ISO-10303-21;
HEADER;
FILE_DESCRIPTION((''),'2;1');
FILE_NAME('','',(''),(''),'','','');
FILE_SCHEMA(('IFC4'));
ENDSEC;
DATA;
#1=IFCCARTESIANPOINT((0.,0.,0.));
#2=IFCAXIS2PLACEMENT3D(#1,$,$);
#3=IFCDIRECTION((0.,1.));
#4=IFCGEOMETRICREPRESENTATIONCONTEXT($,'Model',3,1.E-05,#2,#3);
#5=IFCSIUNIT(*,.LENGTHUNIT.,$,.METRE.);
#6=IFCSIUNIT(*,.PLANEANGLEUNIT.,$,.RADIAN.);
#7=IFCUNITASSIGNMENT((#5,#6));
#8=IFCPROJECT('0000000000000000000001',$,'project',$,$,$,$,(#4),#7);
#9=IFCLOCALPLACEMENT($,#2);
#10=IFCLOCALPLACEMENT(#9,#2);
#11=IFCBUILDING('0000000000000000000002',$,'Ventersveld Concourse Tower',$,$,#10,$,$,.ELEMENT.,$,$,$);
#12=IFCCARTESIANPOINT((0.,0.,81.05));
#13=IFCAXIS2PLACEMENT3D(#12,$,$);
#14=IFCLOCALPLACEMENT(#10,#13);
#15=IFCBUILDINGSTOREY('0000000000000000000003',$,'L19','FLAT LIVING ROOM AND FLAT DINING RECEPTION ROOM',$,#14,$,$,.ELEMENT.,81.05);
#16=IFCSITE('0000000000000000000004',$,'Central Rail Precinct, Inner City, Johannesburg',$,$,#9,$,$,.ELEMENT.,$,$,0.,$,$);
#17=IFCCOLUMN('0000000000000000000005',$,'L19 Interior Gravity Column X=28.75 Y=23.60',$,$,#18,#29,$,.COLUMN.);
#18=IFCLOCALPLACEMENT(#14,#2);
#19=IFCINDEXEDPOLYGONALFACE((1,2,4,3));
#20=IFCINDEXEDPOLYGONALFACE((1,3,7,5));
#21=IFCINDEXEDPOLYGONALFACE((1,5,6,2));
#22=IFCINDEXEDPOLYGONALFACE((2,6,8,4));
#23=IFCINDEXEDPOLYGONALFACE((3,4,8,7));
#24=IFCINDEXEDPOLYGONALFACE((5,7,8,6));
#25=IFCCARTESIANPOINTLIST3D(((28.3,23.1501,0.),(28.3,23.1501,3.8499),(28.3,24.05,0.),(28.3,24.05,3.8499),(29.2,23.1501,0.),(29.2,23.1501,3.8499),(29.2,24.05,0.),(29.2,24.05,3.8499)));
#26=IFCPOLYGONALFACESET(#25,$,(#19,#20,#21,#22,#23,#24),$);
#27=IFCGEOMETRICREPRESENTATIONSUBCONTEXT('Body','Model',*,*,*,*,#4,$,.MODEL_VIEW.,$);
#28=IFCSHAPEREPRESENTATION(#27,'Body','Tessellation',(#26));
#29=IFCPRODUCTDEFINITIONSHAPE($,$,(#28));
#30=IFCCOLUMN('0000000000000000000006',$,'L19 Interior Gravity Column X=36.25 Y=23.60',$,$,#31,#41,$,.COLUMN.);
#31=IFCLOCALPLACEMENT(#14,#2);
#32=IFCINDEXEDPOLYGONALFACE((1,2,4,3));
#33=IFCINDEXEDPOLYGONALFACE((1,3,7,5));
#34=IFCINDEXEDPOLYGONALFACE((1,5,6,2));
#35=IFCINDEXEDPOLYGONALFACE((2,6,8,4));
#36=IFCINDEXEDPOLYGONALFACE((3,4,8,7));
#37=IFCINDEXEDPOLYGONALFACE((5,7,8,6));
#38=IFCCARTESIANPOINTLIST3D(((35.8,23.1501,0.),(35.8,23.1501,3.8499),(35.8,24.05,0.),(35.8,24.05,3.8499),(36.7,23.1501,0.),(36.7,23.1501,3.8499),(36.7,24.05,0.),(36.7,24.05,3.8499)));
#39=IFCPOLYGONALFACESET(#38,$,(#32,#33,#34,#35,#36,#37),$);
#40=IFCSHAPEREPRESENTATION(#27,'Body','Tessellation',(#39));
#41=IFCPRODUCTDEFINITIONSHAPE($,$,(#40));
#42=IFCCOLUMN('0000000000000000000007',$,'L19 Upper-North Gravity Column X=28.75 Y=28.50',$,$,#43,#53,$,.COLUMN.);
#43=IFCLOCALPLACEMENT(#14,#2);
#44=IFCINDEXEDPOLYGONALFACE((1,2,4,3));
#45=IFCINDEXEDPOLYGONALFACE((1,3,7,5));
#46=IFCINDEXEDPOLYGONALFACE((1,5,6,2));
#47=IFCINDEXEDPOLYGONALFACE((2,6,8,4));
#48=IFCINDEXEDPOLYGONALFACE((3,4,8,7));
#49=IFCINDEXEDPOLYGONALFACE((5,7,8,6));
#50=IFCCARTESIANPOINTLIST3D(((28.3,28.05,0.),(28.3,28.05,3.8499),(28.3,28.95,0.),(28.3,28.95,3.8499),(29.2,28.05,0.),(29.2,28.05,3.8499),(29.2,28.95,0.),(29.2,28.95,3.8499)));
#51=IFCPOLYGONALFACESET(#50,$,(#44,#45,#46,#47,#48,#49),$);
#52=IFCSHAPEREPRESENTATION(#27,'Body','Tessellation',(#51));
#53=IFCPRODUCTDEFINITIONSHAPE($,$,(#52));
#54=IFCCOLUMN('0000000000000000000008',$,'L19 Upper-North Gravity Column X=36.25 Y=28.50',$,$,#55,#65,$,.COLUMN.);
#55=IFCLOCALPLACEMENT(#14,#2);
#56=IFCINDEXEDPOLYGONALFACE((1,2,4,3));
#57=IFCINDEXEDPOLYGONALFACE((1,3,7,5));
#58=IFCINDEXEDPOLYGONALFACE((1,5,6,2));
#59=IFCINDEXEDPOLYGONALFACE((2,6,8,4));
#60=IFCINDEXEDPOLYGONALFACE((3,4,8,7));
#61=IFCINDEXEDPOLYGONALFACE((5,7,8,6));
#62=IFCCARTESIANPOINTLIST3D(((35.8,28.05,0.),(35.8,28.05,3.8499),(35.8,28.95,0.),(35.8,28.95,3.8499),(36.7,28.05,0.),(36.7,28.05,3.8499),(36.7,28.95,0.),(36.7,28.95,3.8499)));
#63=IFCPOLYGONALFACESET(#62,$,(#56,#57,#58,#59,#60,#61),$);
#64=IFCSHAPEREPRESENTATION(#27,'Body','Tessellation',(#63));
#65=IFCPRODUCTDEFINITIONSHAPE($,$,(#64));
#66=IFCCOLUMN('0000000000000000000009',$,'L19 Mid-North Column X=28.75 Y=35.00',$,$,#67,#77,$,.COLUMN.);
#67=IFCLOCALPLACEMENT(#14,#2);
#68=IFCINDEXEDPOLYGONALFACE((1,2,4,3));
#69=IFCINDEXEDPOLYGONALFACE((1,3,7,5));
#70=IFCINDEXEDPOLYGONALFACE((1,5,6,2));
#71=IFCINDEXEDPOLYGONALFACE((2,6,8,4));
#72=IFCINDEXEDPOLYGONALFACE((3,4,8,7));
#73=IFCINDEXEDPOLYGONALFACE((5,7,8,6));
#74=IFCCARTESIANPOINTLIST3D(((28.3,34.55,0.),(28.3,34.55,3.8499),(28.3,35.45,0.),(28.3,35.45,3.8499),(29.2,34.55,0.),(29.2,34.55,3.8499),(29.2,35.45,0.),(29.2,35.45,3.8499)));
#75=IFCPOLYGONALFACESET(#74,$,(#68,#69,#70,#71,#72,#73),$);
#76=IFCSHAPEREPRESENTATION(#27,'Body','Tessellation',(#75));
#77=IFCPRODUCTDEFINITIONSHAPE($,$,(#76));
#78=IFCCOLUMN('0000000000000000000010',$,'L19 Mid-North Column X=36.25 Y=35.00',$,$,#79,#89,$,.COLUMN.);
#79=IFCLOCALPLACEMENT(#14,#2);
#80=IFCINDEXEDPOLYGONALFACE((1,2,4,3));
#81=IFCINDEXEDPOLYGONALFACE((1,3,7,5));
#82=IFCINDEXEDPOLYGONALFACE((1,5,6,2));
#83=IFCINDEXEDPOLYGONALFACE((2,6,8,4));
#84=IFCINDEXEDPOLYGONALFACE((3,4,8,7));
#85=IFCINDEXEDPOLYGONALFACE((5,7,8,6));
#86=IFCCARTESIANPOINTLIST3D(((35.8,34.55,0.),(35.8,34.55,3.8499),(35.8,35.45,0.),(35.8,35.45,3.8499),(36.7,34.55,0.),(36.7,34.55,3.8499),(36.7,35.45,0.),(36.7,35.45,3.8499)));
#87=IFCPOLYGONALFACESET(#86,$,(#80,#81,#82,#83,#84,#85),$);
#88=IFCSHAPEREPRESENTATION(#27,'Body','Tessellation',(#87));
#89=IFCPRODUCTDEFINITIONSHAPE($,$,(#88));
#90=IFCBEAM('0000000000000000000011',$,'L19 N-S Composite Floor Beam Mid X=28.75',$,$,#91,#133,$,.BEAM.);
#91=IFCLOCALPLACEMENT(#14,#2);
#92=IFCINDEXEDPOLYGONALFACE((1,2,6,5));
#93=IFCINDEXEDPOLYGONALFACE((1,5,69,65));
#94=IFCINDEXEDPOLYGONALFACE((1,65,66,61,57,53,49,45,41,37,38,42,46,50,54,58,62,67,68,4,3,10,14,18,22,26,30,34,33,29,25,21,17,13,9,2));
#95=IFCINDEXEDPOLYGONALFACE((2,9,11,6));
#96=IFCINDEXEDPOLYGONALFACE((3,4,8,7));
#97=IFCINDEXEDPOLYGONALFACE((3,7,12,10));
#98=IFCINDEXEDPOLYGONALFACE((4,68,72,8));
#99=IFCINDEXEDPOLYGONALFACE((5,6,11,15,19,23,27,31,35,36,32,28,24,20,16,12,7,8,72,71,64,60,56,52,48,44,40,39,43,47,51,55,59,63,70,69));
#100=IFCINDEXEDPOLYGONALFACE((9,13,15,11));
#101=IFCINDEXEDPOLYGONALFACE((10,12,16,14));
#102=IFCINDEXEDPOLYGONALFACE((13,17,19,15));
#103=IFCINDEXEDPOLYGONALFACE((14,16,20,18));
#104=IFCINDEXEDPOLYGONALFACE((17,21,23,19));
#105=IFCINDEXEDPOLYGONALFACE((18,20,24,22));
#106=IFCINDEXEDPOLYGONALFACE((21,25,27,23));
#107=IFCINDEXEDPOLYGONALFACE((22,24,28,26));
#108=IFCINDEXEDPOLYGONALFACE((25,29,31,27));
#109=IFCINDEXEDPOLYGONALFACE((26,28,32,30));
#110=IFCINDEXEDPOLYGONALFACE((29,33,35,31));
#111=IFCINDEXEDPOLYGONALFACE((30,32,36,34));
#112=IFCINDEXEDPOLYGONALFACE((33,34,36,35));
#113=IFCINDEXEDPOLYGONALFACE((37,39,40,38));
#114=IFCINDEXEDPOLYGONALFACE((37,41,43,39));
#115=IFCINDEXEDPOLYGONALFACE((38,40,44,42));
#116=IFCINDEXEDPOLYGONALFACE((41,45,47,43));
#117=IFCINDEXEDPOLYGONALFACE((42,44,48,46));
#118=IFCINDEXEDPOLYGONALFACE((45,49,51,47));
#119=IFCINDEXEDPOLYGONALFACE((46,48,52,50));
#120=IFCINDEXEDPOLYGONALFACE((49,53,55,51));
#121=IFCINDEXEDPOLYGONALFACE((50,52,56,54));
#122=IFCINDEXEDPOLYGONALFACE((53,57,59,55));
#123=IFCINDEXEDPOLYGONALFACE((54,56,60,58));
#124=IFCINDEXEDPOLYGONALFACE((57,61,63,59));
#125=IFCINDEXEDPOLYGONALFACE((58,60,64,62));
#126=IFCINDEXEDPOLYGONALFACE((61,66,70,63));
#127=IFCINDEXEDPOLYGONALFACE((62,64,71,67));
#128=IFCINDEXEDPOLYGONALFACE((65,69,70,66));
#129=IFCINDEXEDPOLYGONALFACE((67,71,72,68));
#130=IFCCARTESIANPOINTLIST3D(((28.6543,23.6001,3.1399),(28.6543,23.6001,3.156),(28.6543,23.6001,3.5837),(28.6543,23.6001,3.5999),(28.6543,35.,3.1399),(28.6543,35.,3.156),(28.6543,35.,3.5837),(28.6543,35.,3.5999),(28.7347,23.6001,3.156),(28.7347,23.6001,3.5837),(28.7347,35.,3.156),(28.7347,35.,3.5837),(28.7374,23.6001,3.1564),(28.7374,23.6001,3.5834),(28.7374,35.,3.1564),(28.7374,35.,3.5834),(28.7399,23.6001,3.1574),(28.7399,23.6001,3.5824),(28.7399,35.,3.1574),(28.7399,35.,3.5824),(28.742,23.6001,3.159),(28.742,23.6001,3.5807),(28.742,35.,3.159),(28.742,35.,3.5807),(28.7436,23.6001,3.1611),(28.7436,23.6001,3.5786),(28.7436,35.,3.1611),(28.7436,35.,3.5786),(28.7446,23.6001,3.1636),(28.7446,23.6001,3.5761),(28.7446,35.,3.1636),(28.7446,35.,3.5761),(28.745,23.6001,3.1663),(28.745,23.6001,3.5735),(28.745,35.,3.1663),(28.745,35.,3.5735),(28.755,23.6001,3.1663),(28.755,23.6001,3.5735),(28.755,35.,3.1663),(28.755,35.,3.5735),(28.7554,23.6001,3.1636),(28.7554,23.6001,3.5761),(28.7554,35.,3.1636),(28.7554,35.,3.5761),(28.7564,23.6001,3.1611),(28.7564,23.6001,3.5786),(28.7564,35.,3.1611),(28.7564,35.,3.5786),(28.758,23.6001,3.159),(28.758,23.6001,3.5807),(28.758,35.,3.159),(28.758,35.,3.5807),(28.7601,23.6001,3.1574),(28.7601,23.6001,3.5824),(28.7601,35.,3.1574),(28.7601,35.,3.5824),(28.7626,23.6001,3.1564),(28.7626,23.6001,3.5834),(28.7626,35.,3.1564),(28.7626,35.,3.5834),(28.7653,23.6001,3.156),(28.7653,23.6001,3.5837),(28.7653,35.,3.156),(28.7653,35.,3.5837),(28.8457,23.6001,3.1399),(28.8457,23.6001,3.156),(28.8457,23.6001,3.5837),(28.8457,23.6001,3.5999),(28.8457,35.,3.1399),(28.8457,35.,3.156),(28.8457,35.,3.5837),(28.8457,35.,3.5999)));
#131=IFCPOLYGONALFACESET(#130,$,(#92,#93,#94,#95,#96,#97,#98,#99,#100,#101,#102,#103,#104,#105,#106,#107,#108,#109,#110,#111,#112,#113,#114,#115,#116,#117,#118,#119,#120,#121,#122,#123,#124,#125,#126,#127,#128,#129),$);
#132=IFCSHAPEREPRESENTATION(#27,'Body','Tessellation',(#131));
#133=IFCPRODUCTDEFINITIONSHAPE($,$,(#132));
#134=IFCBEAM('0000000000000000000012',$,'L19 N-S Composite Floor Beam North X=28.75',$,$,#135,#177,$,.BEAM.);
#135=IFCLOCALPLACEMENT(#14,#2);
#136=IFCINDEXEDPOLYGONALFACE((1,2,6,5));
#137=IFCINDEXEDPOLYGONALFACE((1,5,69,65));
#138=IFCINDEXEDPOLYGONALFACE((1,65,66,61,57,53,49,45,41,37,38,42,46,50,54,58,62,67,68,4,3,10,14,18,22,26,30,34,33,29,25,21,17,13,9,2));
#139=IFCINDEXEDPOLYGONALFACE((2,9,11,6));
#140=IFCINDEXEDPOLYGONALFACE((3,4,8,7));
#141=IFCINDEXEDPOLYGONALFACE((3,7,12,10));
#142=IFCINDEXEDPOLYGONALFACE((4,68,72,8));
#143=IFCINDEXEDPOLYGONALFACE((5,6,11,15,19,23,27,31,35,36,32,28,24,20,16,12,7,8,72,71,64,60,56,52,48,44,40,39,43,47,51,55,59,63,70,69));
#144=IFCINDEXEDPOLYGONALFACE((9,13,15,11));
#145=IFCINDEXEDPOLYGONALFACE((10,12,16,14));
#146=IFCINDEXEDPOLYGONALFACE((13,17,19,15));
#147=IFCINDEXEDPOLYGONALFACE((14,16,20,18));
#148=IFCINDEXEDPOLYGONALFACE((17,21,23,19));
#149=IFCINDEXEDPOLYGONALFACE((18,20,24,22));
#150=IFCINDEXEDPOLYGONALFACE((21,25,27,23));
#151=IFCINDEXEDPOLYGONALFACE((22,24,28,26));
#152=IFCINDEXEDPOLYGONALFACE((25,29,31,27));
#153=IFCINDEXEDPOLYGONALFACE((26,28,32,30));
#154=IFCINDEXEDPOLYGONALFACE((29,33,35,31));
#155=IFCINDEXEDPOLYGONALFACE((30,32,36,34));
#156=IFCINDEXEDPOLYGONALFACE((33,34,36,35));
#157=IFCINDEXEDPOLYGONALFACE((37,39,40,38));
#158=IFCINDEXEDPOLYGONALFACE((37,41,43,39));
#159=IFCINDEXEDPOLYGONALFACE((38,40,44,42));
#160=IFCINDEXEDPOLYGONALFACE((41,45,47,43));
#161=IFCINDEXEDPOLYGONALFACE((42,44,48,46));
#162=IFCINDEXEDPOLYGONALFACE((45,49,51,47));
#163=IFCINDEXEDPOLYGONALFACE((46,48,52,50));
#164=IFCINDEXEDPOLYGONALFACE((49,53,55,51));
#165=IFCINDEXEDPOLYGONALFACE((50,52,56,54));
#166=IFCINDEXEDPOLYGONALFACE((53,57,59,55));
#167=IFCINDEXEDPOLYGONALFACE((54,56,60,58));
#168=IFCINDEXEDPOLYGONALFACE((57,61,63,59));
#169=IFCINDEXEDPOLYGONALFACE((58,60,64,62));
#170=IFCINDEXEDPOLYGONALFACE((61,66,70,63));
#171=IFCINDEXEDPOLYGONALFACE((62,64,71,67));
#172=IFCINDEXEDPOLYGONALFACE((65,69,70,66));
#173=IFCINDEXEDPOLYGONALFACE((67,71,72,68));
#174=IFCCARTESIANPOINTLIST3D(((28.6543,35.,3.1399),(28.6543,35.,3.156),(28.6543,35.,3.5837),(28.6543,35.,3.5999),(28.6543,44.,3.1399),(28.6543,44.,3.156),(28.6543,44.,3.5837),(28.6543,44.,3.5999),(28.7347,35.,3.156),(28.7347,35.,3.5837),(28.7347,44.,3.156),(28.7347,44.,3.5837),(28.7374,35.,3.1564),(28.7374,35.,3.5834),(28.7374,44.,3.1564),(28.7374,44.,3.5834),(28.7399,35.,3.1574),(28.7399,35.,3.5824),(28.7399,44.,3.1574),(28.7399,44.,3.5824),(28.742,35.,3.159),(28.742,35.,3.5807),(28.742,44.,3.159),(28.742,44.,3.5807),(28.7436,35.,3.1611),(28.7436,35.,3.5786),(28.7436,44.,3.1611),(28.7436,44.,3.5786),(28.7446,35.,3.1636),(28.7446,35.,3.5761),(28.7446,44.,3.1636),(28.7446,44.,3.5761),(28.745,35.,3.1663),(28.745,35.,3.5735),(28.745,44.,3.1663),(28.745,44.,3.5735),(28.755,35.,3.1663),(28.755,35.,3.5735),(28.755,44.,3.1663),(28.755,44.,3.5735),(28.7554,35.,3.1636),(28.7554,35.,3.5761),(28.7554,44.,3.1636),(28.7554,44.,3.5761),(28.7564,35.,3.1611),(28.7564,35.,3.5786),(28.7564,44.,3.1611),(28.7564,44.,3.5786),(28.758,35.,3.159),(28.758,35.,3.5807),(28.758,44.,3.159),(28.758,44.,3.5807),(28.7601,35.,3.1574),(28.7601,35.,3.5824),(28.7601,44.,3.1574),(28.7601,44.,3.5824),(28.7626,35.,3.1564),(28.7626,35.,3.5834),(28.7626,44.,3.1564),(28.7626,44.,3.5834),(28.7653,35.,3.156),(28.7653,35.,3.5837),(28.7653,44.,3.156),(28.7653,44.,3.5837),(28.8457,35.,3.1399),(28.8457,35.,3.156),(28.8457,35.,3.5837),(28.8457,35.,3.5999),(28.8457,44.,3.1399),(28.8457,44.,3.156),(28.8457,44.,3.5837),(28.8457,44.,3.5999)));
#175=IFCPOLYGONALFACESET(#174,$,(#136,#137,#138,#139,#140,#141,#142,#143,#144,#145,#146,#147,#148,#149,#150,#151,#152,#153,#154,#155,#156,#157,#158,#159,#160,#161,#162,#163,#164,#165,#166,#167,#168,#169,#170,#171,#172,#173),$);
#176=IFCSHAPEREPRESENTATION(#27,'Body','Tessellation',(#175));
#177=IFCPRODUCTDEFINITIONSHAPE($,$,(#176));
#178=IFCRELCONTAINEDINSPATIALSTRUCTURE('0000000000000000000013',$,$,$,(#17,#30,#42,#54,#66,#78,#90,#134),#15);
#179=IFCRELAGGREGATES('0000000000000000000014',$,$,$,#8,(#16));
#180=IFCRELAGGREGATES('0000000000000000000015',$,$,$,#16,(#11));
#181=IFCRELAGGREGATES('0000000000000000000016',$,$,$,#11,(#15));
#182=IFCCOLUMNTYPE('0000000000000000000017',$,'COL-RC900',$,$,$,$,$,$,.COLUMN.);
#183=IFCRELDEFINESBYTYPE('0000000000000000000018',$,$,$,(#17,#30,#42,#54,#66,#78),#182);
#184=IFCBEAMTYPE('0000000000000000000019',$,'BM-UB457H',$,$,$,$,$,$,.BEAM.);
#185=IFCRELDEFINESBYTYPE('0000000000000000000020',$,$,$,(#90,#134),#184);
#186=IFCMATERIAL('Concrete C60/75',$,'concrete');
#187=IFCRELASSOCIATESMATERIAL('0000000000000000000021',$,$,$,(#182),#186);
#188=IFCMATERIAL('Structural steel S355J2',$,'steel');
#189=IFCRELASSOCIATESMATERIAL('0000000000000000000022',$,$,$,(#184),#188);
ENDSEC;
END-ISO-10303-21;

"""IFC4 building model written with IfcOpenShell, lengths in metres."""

from ifc_helpers import new_model, si_unit, direction, frame, origin, origin_2d, place, context, subcontext, project, spatial, rectangle, i_section, extrude, material, material_profile, profile_set, type_object, element, save


model = new_model("IFC4")

# Units and contexts
model_context = context("Model", 3, precision=1e-05, world=origin(), true_north=direction((0.0, 1.0)))
body_context = subcontext(model_context, "Body", "Model", "MODEL_VIEW")
ifc_project = project(units=[si_unit("LENGTHUNIT", "METRE"), si_unit("PLANEANGLEUNIT", "RADIAN")], contexts=[model_context])

# Site, building, storey
site_placement = place(None, origin())
site = spatial("IfcSite", under=ifc_project, at=site_placement, Name="Central Rail Precinct, Inner City, Johannesburg", CompositionType="ELEMENT", RefElevation=0.0)
building_placement = place(site_placement, origin())
building = spatial("IfcBuilding", under=site, at=building_placement, Name="Ventersveld Concourse Tower", CompositionType="ELEMENT")
storey_placement = place(building_placement, frame((0.0, 0.0, 81.05)))
storey = spatial("IfcBuildingStorey", under=building, at=storey_placement, Name="L19", Description="FLAT LIVING ROOM AND FLAT DINING RECEPTION ROOM", CompositionType="ELEMENT", Elevation=81.05)

# Columns
ifc_material_1 = material(Name="Concrete C60/75", Category="concrete")
ifc_material_profile_1 = material_profile(ifc_material_1, rectangle(XDim=0.8999, YDim=0.8999, at=origin_2d()), Name="RC 900x900")
ifc_profile_set_1 = profile_set([ifc_material_profile_1], Name="Concrete C60/75")
column_type = type_object("IfcColumnType", Name="COL-RC900", PredefinedType="COLUMN", material=ifc_profile_set_1)
for number, where, z_axis, x_axis, name in (
    (1, (28.75, 23.6001, 0.0), (0.0, 0.0, 1.0), (1.0, 0.0, 0.0), "L19 Interior Gravity Column X=28.75 Y=23.60"),
    (2, (36.25, 23.6001, 0.0), (0.0, 0.0, 1.0), (1.0, 0.0, 0.0), "L19 Interior Gravity Column X=36.25 Y=23.60"),
    (3, (28.75, 28.5, 0.0), (0.0, 0.0, 1.0), (1.0, 0.0, 0.0), "L19 Upper-North Gravity Column X=28.75 Y=28.50"),
    (4, (36.25, 28.5, 0.0), (0.0, 0.0, 1.0), (1.0, 0.0, 0.0), "L19 Upper-North Gravity Column X=36.25 Y=28.50"),
    (5, (28.75, 35.0, 0.0), (0.0, 0.0, 1.0), (1.0, 0.0, 0.0), "L19 Mid-North Column X=28.75 Y=35.00"),
    (6, (36.25, 35.0, 0.0), (0.0, 0.0, 1.0), (1.0, 0.0, 0.0), "L19 Mid-North Column X=36.25 Y=35.00"),
):
    element("IfcColumn", number, at=place(storey_placement, frame(where, z_axis=z_axis, x_axis=x_axis)), inside=storey, type_object=column_type, Name=name, PredefinedType="COLUMN", context=body_context, shape_type="SweptSolid", body=[
        extrude(rectangle(XDim=0.8999, YDim=0.8999, at=origin_2d()), origin(), (0.0, 0.0, 1.0), 3.8499),
    ])

# Beams
ifc_material_2 = material(Name="Structural steel S355J2", Category="steel")
ifc_material_profile_2 = material_profile(ifc_material_2, i_section(OverallWidth=0.1914, OverallDepth=0.46, WebThickness=0.01, FlangeThickness=0.0161, FilletRadius=0.0103, at=origin_2d()), Name="UB 457x191x82")
ifc_profile_set_2 = profile_set([ifc_material_profile_2], Name="Structural steel S355J2")
beam_type_1 = type_object("IfcBeamType", Name="BM-UB457H", PredefinedType="BEAM", material=ifc_profile_set_2)
beam_1_placement = place(storey_placement, frame((28.75, 23.6001, 3.3699), z_axis=(0.0, 1.0, 0.0), x_axis=(-1.0, 0.0, 0.0)))
element("IfcBeam", 7, at=beam_1_placement, inside=storey, type_object=beam_type_1, Name="L19 N-S Composite Floor Beam Mid X=28.75", PredefinedType="BEAM", context=body_context, shape_type="SweptSolid", body=[
    extrude(i_section(OverallWidth=0.1914, OverallDepth=0.46, WebThickness=0.01, FlangeThickness=0.0161, FilletRadius=0.0103, at=origin_2d()), origin(), (0.0, 0.0, 1.0), 11.3999),
])
beam_2_placement = place(storey_placement, frame((28.75, 35.0, 3.3699), z_axis=(0.0, 1.0, 0.0), x_axis=(-1.0, 0.0, 0.0)))
element("IfcBeam", 8, at=beam_2_placement, inside=storey, type_object=beam_type_1, Name="L19 N-S Composite Floor Beam North X=28.75", PredefinedType="BEAM", context=body_context, shape_type="SweptSolid", body=[
    extrude(i_section(OverallWidth=0.1914, OverallDepth=0.46, WebThickness=0.01, FlangeThickness=0.0161, FilletRadius=0.0103, at=origin_2d()), origin(), (0.0, 0.0, 1.0), 9.0),
])

save(model, "model.ifc")
